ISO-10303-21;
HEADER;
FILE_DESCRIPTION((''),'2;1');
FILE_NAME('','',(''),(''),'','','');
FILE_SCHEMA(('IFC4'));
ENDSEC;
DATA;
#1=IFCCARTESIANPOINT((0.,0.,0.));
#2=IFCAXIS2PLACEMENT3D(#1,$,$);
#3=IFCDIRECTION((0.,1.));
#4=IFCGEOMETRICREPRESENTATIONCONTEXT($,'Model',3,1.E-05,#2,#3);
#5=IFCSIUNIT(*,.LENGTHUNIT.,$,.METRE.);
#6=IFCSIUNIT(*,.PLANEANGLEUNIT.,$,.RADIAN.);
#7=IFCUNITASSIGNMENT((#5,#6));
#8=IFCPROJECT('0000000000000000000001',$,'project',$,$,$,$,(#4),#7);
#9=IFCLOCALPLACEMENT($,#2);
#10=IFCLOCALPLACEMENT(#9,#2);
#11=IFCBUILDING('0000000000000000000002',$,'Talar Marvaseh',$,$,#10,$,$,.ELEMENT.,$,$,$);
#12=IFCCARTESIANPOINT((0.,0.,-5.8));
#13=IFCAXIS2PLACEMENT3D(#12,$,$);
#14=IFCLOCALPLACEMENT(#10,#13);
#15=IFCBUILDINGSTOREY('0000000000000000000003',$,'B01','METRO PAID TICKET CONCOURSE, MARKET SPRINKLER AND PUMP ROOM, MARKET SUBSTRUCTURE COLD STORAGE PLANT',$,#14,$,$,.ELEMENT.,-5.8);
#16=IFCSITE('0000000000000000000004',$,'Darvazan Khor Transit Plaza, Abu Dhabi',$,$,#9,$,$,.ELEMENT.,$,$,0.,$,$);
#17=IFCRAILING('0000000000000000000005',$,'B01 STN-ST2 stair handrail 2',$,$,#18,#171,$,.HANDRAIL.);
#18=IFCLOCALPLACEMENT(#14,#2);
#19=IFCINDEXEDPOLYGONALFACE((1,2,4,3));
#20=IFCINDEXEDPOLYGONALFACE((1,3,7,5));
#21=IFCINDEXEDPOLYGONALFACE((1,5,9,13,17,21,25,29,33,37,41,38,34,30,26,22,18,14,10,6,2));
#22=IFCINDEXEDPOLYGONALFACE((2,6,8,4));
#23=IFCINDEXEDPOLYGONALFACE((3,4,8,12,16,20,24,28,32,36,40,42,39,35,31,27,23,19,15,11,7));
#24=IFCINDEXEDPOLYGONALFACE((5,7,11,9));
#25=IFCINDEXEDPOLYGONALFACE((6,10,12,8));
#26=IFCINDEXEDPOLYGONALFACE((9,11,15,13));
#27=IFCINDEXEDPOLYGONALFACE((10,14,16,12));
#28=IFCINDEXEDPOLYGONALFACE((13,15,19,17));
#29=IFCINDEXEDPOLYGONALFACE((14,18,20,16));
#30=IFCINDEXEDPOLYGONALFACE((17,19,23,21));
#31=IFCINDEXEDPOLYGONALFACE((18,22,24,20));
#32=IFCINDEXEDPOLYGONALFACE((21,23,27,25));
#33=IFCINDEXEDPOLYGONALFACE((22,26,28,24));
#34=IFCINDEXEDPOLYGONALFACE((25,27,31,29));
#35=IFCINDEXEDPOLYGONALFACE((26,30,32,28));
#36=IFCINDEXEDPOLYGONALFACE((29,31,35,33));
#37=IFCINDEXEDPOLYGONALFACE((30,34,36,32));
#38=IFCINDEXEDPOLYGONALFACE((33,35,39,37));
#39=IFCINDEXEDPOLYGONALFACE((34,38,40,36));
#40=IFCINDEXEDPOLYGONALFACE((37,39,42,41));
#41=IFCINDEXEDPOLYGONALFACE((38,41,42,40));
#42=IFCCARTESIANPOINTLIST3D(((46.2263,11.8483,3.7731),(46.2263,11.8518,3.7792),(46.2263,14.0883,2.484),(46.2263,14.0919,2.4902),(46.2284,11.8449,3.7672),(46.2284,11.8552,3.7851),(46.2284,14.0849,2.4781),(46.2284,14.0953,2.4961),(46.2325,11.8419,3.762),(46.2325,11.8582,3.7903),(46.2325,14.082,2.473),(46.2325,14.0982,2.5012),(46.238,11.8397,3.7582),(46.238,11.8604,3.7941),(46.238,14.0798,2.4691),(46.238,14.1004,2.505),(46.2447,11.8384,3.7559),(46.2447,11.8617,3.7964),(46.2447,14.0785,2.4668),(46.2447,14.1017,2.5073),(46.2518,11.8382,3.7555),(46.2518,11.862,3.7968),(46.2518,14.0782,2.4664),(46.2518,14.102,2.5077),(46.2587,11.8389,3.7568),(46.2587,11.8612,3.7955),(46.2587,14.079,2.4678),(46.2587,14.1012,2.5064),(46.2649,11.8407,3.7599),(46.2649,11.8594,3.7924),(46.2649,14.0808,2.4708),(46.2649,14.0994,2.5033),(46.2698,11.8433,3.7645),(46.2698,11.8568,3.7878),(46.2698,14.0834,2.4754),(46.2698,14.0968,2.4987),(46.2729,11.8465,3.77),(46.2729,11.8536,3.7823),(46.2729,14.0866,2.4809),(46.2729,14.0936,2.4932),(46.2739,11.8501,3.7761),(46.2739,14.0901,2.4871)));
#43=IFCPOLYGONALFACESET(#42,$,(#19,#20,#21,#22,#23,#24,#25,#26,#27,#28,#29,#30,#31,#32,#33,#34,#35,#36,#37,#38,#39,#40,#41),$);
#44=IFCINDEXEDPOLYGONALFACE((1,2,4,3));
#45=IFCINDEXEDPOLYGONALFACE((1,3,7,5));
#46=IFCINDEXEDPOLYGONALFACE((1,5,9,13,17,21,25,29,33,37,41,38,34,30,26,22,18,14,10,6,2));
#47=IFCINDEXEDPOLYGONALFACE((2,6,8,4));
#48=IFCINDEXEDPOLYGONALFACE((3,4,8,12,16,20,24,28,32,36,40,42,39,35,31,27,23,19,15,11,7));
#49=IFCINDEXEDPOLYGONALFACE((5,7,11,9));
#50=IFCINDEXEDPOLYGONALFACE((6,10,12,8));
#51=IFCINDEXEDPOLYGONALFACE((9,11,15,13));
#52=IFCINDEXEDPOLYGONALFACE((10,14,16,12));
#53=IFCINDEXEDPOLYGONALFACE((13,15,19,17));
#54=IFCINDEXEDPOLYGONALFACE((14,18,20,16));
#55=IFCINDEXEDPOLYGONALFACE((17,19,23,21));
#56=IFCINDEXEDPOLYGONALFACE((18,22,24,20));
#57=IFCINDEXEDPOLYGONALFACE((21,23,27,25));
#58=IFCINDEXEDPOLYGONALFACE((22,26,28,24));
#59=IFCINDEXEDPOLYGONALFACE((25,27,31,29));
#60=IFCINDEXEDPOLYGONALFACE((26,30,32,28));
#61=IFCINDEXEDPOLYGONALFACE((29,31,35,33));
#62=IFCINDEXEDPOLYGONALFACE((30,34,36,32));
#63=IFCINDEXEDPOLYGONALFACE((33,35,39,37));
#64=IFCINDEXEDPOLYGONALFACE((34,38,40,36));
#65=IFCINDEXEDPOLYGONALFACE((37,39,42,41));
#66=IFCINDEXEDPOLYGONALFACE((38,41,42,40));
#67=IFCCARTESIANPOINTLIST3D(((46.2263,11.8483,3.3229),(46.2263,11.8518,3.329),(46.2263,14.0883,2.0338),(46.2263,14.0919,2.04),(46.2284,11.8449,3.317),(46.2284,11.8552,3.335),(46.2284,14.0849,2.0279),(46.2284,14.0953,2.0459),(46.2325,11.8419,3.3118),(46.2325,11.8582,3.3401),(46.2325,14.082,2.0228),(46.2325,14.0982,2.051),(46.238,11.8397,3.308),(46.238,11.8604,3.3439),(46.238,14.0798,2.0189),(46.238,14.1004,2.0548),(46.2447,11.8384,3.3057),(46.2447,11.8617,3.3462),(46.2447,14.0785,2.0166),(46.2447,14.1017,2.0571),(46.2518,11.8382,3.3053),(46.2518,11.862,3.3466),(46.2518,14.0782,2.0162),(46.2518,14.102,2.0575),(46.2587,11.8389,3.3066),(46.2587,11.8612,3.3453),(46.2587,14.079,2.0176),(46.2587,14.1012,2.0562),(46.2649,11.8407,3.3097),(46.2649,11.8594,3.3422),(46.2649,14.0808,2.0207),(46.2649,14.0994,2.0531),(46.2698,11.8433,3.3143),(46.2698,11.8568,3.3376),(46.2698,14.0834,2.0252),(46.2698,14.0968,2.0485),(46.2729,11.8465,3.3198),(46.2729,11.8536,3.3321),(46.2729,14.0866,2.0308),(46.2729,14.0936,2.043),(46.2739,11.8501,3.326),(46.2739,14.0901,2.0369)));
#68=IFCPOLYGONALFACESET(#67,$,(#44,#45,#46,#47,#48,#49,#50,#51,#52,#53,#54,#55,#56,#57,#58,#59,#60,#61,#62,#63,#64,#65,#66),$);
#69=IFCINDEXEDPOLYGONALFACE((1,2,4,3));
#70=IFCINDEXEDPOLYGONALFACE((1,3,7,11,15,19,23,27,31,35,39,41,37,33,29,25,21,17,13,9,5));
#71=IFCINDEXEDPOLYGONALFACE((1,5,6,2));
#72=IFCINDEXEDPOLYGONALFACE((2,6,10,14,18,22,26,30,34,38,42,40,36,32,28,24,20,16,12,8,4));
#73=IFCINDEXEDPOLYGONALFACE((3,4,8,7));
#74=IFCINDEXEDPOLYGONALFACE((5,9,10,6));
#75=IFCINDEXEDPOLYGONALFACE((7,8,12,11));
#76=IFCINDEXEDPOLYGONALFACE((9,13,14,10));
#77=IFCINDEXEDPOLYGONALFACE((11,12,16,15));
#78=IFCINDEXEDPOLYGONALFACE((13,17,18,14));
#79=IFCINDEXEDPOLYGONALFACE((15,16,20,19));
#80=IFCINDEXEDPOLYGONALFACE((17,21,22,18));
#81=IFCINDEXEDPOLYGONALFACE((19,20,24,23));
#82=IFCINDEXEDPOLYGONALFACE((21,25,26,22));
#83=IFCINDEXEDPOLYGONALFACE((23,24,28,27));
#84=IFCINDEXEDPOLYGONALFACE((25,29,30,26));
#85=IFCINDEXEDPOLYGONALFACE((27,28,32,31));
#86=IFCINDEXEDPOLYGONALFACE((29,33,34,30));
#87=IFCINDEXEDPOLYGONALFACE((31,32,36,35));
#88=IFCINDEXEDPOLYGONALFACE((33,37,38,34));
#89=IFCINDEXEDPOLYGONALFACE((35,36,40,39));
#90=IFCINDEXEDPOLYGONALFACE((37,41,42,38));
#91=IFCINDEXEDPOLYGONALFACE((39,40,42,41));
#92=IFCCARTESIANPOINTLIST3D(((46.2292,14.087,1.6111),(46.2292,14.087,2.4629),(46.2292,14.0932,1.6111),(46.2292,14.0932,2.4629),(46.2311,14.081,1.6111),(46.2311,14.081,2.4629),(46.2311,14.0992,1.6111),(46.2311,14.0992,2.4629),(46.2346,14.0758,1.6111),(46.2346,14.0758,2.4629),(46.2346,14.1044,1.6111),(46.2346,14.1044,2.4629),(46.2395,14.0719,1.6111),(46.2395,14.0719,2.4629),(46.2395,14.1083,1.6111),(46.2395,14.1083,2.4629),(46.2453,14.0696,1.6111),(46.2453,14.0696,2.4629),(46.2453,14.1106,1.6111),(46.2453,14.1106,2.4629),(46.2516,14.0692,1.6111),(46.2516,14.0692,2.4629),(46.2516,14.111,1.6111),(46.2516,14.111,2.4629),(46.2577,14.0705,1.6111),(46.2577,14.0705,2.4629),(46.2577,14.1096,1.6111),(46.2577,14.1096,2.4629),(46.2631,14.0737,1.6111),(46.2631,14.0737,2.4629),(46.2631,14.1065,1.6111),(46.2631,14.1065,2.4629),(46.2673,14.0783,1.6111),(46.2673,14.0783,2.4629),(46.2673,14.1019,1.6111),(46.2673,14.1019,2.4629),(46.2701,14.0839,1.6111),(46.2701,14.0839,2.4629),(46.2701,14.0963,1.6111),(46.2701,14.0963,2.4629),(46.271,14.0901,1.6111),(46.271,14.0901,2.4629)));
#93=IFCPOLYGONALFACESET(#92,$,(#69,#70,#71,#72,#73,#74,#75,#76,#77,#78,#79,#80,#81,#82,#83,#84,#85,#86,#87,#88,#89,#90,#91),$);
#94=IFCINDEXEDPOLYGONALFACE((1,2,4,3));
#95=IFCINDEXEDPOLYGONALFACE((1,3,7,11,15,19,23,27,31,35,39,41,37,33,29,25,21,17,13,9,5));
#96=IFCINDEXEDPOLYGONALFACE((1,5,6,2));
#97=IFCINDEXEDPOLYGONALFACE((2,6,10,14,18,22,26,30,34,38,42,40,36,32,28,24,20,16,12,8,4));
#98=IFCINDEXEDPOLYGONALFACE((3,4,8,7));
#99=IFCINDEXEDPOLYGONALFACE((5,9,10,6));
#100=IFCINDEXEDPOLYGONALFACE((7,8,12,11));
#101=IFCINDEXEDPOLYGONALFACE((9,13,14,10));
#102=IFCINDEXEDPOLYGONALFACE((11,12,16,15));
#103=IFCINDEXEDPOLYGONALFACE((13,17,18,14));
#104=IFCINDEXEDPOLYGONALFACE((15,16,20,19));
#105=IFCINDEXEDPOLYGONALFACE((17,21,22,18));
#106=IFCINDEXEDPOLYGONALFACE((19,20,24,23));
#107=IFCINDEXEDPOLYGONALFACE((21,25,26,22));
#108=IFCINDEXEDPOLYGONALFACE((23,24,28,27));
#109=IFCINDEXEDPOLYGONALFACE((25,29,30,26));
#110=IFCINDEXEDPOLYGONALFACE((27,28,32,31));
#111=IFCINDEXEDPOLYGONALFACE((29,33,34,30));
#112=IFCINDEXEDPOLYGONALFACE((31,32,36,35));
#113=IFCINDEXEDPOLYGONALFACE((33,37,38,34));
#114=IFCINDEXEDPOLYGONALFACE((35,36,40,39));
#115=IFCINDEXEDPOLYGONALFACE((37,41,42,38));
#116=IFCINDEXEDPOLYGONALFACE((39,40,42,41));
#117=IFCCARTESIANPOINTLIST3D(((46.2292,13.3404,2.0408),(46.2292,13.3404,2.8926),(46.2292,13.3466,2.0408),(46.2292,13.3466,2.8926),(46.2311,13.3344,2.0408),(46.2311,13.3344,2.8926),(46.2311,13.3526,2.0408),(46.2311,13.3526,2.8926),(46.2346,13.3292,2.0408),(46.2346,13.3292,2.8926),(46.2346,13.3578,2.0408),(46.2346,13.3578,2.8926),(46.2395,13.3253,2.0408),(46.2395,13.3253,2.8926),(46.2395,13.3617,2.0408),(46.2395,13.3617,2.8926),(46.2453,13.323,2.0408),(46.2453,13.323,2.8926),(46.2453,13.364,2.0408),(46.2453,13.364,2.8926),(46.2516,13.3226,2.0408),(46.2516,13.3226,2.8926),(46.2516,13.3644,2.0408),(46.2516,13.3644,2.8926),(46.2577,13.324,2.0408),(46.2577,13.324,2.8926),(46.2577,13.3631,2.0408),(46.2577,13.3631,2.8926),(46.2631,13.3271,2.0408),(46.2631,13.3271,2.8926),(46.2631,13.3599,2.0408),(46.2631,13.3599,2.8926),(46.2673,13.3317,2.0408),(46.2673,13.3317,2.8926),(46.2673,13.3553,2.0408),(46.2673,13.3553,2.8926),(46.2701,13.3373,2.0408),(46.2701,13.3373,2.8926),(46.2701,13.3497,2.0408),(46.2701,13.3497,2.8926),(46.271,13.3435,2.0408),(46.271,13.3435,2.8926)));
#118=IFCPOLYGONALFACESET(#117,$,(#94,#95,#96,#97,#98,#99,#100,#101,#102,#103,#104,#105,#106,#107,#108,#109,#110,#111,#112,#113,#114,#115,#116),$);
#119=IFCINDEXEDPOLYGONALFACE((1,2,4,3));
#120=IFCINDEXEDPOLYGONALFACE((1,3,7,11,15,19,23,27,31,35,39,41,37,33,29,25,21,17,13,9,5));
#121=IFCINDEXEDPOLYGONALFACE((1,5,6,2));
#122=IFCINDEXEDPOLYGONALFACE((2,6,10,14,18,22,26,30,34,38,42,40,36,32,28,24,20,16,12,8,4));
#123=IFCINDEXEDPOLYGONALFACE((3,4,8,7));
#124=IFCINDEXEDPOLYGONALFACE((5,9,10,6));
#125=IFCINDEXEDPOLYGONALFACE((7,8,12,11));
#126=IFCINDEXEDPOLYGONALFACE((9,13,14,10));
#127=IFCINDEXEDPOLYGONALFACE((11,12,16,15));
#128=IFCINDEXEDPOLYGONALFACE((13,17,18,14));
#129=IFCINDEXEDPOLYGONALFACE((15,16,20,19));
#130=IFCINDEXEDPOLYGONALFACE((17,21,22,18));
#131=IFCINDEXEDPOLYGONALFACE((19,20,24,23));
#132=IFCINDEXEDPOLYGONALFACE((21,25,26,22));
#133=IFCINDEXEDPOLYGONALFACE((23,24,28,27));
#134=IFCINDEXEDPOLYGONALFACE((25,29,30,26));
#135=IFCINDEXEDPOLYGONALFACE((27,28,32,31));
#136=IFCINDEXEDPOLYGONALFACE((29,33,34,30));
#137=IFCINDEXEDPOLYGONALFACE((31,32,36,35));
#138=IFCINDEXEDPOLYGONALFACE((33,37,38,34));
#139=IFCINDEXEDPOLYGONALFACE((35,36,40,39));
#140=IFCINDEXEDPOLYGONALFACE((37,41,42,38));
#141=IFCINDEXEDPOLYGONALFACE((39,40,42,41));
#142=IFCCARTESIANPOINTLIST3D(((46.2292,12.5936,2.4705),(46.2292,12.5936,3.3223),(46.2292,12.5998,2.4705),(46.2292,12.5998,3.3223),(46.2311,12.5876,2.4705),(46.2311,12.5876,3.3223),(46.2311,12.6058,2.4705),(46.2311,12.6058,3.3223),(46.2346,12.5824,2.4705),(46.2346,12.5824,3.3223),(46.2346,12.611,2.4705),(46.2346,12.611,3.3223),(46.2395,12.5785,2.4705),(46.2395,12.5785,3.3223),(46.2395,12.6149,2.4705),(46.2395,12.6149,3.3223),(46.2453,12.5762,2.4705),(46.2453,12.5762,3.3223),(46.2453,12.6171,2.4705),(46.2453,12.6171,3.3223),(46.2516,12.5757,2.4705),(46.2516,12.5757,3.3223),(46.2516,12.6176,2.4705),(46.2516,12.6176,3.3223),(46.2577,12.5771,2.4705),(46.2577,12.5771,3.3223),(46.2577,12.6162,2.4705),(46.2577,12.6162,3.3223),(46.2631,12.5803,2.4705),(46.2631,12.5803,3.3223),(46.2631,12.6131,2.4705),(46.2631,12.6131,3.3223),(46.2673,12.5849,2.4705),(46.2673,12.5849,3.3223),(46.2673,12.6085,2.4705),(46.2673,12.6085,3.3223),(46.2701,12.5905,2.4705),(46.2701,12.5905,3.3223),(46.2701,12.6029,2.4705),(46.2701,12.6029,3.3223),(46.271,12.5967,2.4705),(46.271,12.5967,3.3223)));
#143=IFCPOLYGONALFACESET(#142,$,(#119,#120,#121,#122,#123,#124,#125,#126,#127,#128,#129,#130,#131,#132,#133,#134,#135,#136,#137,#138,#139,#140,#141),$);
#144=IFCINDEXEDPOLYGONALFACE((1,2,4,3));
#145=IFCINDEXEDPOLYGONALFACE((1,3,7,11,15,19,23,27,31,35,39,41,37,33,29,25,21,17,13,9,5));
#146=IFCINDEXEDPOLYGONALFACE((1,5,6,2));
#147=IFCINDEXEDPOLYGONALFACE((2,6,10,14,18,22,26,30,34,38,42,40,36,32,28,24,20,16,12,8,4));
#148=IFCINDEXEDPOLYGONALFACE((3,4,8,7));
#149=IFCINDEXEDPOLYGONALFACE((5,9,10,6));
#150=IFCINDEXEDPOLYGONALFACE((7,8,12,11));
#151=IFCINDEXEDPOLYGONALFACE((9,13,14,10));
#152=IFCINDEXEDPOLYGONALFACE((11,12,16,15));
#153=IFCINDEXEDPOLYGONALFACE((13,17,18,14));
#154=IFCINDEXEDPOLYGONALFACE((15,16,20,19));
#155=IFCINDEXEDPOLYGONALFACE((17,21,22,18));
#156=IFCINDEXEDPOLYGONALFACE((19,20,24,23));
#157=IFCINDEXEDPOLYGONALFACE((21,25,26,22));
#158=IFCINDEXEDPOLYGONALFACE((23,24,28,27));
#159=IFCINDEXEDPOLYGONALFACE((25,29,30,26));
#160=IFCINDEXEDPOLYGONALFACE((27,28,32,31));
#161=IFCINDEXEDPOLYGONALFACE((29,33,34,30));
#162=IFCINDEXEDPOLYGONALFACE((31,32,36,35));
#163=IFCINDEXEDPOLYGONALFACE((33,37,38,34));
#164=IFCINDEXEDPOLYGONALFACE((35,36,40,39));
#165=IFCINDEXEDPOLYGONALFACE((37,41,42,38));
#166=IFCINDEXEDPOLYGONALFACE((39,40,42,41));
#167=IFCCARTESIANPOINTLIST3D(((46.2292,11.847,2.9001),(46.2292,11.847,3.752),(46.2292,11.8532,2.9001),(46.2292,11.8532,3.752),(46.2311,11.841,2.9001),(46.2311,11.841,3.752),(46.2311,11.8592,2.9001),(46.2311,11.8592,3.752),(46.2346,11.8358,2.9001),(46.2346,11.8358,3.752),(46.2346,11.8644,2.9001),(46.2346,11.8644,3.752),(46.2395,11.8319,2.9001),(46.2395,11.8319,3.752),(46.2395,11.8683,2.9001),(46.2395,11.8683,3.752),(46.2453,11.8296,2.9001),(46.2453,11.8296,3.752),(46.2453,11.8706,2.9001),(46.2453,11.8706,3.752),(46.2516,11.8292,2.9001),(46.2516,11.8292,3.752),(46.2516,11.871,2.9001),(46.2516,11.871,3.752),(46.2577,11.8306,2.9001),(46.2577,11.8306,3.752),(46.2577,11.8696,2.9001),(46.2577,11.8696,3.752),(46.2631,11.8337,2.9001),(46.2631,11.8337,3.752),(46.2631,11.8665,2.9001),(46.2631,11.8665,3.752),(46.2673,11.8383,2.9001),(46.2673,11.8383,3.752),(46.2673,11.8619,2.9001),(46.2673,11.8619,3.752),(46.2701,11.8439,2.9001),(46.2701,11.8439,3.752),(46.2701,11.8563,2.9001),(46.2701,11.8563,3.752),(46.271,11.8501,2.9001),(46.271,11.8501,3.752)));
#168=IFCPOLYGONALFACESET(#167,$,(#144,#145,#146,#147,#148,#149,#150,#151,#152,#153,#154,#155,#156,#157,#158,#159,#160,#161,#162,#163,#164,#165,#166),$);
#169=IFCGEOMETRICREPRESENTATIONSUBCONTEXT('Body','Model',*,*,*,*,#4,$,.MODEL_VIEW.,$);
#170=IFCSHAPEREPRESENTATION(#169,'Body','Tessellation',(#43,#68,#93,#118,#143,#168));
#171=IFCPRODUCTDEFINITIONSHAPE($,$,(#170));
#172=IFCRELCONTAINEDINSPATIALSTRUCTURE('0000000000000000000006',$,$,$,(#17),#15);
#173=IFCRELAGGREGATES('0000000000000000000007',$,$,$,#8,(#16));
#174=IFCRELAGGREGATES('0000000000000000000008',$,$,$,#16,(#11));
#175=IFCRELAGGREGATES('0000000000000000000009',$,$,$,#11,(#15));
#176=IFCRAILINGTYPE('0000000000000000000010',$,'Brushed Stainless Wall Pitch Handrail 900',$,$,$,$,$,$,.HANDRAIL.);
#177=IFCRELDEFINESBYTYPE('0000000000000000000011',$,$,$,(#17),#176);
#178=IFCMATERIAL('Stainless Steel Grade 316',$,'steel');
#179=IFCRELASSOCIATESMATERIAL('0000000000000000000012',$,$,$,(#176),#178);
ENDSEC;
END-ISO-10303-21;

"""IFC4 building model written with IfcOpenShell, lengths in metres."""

from ifc_helpers import new_model, si_unit, direction, frame, origin, origin_2d, place, context, subcontext, project, spatial, circle, extrude, material, type_object, element, save


model = new_model("IFC4")

# Units and contexts
model_context = context("Model", 3, precision=1e-05, world=origin(), true_north=direction((0.0, 1.0)))
body_context = subcontext(model_context, "Body", "Model", "MODEL_VIEW")
ifc_project = project(units=[si_unit("LENGTHUNIT", "METRE"), si_unit("PLANEANGLEUNIT", "RADIAN")], contexts=[model_context])

# Site, building, storey
site_placement = place(None, origin())
site = spatial("IfcSite", under=ifc_project, at=site_placement, Name="Darvazan Khor Transit Plaza, Abu Dhabi", CompositionType="ELEMENT", RefElevation=0.0)
building_placement = place(site_placement, origin())
building = spatial("IfcBuilding", under=site, at=building_placement, Name="Talar Marvaseh", CompositionType="ELEMENT")
storey_placement = place(building_placement, frame((0.0, 0.0, -5.8)))
storey = spatial("IfcBuildingStorey", under=building, at=storey_placement, Name="B01", Description="METRO PAID TICKET CONCOURSE, MARKET SPRINKLER AND PUMP ROOM, MARKET SUBSTRUCTURE COLD STORAGE PLANT", CompositionType="ELEMENT", Elevation=-5.8)

# Railing
ifc_material_1 = material(Name="Stainless Steel Grade 316", Category="steel")
railing_type_1 = type_object("IfcRailingType", Name="Brushed Stainless Wall Pitch Handrail 900", PredefinedType="HANDRAIL", material=ifc_material_1)
railing_1_placement = place(storey_placement, frame((46.25, 14.0901, 1.6111)))
element("IfcRailing", 1, at=railing_1_placement, inside=storey, type_object=railing_type_1, Name="B01 STN-ST2 stair handrail 2", PredefinedType="HANDRAIL", context=body_context, shape_type="SweptSolid", body=[
    extrude(circle(Radius=0.0239, at=origin_2d()), frame((0.0, 0.0, 0.876), z_axis=(0.0, -0.866728, 0.498782), x_axis=(1.0, 0.0, 0.0)), (0.0, 0.0, 1.0), 2.5845),
    extrude(circle(Radius=0.0239, at=origin_2d()), frame((0.0, 0.0, 0.4258), z_axis=(0.0, -0.866728, 0.498782), x_axis=(1.0, 0.0, 0.0)), (0.0, 0.0, 1.0), 2.5845),
    extrude(circle(Radius=0.021, at=origin_2d()), origin(), (0.0, 0.0, 1.0), 0.8518),
    extrude(circle(Radius=0.021, at=origin_2d()), frame((0.0, -0.7466, 0.4297)), (0.0, 0.0, 1.0), 0.8518),
    extrude(circle(Radius=0.021, at=origin_2d()), frame((0.0, -1.4934, 0.8594)), (0.0, 0.0, 1.0), 0.8518),
    extrude(circle(Radius=0.021, at=origin_2d()), frame((0.0, -2.24, 1.2891)), (0.0, 0.0, 1.0), 0.8518),
])

save(model, "model.ifc")
